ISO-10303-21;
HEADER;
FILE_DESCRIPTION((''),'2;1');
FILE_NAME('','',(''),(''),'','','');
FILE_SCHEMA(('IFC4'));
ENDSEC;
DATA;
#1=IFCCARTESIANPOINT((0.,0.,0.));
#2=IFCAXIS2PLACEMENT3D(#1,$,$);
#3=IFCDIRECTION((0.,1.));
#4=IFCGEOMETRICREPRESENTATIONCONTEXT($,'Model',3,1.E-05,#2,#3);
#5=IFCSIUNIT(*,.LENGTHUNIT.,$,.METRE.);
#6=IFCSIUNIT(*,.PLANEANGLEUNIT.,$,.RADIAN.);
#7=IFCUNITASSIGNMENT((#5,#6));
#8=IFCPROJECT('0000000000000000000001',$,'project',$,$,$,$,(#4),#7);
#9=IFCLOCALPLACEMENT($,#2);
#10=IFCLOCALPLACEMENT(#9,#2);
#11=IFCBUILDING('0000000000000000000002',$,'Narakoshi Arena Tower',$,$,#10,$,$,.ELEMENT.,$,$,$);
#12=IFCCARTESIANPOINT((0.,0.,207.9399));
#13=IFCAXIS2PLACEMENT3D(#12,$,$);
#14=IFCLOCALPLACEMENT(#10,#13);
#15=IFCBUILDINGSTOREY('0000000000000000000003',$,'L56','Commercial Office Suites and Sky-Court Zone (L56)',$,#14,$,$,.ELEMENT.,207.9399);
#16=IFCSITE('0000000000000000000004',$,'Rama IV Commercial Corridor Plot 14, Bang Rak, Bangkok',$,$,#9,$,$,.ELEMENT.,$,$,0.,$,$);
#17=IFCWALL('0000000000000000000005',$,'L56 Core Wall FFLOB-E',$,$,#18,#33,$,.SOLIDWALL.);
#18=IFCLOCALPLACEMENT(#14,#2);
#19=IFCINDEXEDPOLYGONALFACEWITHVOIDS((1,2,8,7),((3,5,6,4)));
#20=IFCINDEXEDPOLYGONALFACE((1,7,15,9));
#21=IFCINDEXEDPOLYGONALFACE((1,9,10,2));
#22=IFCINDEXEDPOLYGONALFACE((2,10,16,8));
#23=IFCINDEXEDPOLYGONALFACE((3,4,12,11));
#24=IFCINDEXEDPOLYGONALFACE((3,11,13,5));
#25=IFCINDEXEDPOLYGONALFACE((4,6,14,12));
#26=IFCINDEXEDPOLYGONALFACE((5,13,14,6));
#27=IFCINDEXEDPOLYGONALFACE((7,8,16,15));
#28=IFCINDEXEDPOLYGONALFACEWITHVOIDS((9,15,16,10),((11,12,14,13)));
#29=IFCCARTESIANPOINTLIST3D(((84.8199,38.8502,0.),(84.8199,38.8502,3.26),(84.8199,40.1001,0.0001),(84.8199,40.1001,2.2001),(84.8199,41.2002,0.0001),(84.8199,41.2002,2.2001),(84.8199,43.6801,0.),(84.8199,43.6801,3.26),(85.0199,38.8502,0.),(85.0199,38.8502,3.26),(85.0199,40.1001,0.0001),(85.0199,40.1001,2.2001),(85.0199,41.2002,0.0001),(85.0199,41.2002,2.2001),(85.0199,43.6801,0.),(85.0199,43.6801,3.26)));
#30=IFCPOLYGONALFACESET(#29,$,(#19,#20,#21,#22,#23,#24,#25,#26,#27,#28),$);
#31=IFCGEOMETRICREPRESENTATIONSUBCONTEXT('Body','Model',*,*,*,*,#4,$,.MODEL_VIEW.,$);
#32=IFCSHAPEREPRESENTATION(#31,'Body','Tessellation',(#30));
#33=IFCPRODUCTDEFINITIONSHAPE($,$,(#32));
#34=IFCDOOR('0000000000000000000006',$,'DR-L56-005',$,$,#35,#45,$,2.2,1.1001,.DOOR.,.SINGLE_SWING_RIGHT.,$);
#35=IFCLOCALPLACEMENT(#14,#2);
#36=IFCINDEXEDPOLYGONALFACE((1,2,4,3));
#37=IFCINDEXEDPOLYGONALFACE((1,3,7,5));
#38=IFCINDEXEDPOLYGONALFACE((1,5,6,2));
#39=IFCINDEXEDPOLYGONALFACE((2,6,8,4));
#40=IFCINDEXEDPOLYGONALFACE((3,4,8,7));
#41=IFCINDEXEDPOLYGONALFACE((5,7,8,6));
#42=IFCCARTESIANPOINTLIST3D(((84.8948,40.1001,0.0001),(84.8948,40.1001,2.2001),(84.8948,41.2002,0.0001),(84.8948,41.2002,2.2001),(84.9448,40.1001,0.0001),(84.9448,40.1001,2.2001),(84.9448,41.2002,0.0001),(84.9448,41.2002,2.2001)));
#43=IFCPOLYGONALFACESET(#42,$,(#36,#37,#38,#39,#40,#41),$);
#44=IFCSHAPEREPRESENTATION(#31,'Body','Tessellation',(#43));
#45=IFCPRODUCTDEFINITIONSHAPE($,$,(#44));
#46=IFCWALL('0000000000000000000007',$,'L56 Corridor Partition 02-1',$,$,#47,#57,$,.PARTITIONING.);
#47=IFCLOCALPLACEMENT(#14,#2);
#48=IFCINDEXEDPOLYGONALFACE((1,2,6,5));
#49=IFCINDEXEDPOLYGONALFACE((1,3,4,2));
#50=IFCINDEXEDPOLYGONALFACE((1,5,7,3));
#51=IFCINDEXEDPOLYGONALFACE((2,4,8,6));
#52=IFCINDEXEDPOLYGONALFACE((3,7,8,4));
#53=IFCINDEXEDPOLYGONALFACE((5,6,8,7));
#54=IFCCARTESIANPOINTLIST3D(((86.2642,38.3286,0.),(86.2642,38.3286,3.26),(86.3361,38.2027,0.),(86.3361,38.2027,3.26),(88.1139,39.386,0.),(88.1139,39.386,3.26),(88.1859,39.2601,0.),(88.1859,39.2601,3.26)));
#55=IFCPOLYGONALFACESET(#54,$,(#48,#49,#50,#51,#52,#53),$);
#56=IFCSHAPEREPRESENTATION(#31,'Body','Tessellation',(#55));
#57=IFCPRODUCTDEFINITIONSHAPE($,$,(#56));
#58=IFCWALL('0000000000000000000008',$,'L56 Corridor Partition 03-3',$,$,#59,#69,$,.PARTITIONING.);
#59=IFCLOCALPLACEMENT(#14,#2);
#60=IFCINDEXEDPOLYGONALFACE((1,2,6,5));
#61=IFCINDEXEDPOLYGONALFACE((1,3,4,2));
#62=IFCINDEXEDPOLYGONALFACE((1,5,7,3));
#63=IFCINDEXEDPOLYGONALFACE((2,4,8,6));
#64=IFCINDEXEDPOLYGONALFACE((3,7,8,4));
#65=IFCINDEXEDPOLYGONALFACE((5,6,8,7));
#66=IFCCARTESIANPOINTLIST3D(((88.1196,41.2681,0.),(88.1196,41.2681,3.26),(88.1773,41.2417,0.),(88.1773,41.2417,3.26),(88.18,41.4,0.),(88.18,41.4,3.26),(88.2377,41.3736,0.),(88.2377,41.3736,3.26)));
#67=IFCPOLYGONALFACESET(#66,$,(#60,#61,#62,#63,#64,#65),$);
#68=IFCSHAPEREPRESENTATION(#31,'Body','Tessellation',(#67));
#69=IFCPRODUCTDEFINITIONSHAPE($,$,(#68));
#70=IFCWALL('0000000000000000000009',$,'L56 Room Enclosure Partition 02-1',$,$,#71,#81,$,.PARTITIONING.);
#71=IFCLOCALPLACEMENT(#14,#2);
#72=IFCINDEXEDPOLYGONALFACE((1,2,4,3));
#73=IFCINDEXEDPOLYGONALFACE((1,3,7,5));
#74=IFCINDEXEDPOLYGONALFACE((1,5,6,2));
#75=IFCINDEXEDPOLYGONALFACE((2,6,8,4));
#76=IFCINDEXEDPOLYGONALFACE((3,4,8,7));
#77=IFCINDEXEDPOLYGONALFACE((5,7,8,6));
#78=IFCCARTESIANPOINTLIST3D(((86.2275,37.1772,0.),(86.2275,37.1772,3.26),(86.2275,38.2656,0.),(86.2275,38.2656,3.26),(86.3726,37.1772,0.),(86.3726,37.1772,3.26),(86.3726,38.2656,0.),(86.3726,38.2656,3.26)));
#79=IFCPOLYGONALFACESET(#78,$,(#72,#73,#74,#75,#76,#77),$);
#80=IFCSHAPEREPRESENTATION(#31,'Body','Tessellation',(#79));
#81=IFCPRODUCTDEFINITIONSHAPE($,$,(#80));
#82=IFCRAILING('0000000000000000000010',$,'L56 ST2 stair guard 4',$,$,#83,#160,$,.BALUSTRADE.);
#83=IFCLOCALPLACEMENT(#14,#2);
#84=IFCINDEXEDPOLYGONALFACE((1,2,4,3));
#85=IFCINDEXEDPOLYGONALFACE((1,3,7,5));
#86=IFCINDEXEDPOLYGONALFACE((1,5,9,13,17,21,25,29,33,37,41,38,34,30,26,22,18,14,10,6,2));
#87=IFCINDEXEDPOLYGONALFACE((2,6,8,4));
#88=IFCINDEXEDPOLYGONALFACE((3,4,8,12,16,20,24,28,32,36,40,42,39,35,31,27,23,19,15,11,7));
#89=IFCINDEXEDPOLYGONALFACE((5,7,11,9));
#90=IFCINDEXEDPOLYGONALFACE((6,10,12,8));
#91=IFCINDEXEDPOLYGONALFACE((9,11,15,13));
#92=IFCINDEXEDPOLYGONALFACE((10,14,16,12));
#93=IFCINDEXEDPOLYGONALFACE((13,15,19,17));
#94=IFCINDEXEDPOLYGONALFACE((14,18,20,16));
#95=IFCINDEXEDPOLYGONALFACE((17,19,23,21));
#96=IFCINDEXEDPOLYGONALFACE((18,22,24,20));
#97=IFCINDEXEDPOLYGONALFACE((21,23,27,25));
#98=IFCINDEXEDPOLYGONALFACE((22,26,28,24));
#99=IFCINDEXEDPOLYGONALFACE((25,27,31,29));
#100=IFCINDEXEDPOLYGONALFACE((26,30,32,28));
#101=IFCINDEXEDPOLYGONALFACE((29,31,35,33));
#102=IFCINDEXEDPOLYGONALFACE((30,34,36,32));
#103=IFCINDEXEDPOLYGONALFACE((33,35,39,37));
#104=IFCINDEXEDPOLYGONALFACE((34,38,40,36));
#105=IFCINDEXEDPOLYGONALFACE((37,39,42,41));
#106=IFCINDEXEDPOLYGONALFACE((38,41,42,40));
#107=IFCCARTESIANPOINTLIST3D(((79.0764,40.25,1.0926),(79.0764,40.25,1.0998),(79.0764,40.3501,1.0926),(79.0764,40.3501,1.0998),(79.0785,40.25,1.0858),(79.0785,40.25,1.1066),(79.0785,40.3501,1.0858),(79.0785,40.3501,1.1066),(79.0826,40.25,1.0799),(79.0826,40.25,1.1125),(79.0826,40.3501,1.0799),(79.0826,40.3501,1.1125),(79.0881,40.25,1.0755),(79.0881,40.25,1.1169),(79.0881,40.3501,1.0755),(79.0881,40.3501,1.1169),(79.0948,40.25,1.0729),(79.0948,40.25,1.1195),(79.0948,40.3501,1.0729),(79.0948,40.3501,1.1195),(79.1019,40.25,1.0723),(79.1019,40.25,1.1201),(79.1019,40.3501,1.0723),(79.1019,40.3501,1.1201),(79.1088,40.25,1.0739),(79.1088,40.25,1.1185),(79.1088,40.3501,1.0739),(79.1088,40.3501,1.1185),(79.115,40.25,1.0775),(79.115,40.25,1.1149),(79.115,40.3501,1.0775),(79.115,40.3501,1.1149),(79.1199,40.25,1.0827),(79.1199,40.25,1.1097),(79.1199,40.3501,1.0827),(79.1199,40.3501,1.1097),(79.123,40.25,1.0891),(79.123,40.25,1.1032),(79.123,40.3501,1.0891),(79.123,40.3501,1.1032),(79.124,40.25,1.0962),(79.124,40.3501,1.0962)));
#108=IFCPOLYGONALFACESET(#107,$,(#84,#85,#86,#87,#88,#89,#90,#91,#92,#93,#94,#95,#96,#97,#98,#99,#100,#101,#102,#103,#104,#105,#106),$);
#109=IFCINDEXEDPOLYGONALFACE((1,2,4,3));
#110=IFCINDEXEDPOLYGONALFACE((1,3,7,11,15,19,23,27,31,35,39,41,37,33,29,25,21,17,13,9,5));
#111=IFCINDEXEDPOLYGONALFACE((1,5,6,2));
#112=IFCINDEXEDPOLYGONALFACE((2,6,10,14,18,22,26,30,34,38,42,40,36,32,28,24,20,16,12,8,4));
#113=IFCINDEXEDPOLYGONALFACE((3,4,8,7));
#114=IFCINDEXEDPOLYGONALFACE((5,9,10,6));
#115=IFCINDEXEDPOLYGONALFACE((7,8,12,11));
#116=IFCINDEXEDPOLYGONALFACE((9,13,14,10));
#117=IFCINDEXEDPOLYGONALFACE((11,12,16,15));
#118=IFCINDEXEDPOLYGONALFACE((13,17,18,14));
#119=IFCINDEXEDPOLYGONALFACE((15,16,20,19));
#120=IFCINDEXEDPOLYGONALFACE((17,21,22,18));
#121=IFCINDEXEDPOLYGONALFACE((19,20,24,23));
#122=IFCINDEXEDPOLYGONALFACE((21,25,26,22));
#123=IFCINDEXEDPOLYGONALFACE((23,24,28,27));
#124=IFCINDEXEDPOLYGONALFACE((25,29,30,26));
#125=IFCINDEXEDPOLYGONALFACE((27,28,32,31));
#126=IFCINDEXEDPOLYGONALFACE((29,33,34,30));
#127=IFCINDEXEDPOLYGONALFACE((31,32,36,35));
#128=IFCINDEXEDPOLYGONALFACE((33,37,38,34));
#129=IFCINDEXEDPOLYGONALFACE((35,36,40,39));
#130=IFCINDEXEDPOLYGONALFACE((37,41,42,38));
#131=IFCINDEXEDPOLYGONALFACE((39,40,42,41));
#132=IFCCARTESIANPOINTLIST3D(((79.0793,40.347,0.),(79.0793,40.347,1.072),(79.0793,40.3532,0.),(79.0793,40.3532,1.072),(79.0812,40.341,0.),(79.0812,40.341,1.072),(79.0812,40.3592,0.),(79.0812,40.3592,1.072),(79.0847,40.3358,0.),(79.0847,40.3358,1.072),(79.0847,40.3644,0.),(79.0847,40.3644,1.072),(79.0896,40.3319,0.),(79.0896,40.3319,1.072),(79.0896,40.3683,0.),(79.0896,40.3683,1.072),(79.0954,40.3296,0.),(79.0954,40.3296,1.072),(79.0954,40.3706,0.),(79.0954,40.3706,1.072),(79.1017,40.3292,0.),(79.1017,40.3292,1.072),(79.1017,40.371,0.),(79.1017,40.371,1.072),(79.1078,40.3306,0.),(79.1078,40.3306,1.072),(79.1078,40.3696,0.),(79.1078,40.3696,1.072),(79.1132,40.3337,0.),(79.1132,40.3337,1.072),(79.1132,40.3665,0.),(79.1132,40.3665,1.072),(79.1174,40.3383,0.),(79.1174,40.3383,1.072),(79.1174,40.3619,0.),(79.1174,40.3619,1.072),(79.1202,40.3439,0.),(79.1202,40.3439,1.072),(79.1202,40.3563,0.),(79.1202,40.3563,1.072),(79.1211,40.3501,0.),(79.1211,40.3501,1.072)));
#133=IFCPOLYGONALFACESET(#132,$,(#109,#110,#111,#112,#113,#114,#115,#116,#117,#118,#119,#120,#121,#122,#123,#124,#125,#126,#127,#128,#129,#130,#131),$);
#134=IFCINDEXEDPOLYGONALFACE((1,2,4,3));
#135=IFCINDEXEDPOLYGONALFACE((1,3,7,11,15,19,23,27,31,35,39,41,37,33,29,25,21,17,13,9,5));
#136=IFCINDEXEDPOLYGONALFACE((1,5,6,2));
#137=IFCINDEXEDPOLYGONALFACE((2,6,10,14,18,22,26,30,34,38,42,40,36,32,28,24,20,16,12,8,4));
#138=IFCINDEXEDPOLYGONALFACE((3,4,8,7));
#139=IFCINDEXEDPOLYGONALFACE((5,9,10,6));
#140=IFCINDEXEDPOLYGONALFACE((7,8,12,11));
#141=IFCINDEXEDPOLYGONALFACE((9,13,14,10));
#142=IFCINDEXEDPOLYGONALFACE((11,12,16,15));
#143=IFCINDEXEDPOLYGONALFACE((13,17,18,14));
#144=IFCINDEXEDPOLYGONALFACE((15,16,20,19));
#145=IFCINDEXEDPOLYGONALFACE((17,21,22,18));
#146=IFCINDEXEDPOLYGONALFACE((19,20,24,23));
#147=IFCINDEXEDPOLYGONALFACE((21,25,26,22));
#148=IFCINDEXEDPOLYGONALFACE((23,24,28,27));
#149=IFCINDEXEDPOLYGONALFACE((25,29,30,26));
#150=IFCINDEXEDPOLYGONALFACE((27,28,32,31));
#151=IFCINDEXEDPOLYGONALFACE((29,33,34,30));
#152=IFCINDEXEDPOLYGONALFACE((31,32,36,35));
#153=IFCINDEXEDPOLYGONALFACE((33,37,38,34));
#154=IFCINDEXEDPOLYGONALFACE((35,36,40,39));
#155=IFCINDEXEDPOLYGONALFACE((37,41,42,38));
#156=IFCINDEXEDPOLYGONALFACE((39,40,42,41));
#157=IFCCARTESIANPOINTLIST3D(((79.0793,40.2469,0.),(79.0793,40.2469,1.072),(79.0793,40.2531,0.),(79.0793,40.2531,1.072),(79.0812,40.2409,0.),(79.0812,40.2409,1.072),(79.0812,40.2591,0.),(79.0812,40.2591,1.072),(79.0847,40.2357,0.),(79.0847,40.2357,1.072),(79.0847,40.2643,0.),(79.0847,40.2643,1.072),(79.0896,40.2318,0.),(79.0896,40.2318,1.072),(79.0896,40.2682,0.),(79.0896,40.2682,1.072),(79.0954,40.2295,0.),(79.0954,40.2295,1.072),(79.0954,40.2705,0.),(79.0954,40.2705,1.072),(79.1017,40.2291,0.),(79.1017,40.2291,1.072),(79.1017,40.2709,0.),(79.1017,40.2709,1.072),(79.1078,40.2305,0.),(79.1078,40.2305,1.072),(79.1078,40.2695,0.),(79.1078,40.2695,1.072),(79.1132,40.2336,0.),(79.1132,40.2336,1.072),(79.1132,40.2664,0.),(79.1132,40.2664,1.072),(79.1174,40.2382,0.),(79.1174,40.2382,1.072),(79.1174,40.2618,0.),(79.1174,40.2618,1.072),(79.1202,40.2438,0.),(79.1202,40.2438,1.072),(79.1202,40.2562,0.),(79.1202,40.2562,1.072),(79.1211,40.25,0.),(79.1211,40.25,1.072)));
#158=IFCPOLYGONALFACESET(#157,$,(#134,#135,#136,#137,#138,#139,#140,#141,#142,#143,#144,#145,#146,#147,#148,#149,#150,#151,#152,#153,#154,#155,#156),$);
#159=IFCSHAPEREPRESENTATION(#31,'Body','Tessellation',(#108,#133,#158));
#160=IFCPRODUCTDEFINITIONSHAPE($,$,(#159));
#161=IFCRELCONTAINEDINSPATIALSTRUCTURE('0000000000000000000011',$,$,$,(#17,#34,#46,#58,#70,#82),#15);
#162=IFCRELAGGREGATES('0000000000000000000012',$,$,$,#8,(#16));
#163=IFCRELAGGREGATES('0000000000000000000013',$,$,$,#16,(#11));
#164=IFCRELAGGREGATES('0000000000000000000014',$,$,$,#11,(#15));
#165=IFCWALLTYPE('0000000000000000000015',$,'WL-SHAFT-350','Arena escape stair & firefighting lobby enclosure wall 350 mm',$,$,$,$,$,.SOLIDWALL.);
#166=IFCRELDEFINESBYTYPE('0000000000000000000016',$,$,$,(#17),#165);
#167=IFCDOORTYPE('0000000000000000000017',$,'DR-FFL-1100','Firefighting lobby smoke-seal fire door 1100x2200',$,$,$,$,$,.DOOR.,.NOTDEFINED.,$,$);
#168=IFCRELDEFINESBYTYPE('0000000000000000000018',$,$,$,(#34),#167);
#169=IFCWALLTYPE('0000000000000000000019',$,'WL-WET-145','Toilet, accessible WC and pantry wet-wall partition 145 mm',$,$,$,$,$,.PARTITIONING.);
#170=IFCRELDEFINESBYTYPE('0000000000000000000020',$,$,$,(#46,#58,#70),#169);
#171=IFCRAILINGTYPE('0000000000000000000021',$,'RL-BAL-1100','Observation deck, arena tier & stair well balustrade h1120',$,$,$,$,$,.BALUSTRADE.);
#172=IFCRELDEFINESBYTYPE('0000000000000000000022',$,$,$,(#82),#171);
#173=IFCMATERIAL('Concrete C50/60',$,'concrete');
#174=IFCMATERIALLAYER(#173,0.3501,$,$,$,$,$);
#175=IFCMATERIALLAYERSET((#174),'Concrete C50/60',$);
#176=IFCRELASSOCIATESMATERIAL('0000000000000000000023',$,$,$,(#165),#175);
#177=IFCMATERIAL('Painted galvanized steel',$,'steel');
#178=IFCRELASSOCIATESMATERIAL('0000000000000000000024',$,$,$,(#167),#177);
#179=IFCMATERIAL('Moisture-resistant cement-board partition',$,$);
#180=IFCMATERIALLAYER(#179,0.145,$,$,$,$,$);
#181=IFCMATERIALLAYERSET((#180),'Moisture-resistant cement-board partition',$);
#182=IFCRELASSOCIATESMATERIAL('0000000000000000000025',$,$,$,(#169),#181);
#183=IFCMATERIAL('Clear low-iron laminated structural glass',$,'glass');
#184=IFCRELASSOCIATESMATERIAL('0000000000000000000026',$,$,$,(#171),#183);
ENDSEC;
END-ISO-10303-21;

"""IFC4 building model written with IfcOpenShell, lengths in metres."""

from ifc_helpers import new_model, si_unit, direction, frame, frame_2d, origin, origin_2d, place, context, subcontext, project, spatial, rectangle, circle, extrude, material, layer, layer_set, type_object, element, fill, save


model = new_model("IFC4")

# Units and contexts
model_context = context("Model", 3, precision=1e-05, world=origin(), true_north=direction((0.0, 1.0)))
body_context = subcontext(model_context, "Body", "Model", "MODEL_VIEW")
ifc_project = project(units=[si_unit("LENGTHUNIT", "METRE"), si_unit("PLANEANGLEUNIT", "RADIAN")], contexts=[model_context])

# Site, building, storey
site_placement = place(None, origin())
site = spatial("IfcSite", under=ifc_project, at=site_placement, Name="Rama IV Commercial Corridor Plot 14, Bang Rak, Bangkok", CompositionType="ELEMENT", RefElevation=0.0)
building_placement = place(site_placement, origin())
building = spatial("IfcBuilding", under=site, at=building_placement, Name="Narakoshi Arena Tower", CompositionType="ELEMENT")
storey_placement = place(building_placement, frame((0.0, 0.0, 207.9399)))
storey = spatial("IfcBuildingStorey", under=building, at=storey_placement, Name="L56", Description="Commercial Office Suites and Sky-Court Zone (L56)", CompositionType="ELEMENT", Elevation=207.9399)

# Shared definitions
ifc_material_1 = material(Name="Concrete C50/60", Category="concrete")
ifc_layer_1 = layer(ifc_material_1, 0.3501)
ifc_layer_set_1 = layer_set([ifc_layer_1], Name="Concrete C50/60")
wall_type_1 = type_object("IfcWallType", Name="WL-SHAFT-350", Description="Arena escape stair & firefighting lobby enclosure wall 350 mm", PredefinedType="SOLIDWALL", material=ifc_layer_set_1)

# Shared definitions
ifc_material_2 = material(Name="Painted galvanized steel", Category="steel")

# Wall, opening, door
wall_1_placement = place(storey_placement, frame((84.9199, 38.8501, 0.0), z_axis=(0.0, 0.0, 1.0), x_axis=(0.0, 1.0, 0.0)))
wall_1 = element("IfcWall", 1, at=wall_1_placement, inside=storey, type_object=wall_type_1, Name="L56 Core Wall FFLOB-E", PredefinedType="SOLIDWALL", context=body_context, shape_type="SweptSolid", body=[
    extrude(rectangle(XDim=4.8298, YDim=0.2, at=frame_2d((2.415, 0.0))), origin(), (0.0, 0.0, 1.0), 3.26),
])
opening_1_placement = place(wall_1_placement, frame((1.25, 0.0, 0.0)))
opening_1 = element("IfcOpeningElement", 2, at=opening_1_placement, cuts=wall_1, PredefinedType="OPENING", context=body_context, shape_type="SweptSolid", body=[
    extrude(rectangle(XDim=1.1001, YDim=2.2, at=frame_2d((0.55, 1.1001))), frame((0.0, 0.1099, 0.0), z_axis=(0.0, -1.0, 0.0), x_axis=(1.0, 0.0, 0.0)), (0.0, 0.0, 1.0), 0.22),
])
door_type_1 = type_object("IfcDoorType", Name="DR-FFL-1100", Description="Firefighting lobby smoke-seal fire door 1100x2200", OperationType="NOTDEFINED", PredefinedType="DOOR", material=ifc_material_2)
door_1_placement = place(opening_1_placement, frame((1.1001, 0.0, 0.0), z_axis=(0.0, 0.0, 1.0), x_axis=(-1.0, 0.0, 0.0)))
door_1 = element("IfcDoor", 3, at=door_1_placement, inside=storey, type_object=door_type_1, Name="DR-L56-005", OperationType="SINGLE_SWING_RIGHT", OverallHeight=2.2, OverallWidth=1.1001, PredefinedType="DOOR", context=body_context, shape_type="SweptSolid", body=[
    extrude(rectangle(XDim=1.1001, YDim=2.2, at=frame_2d((0.55, 1.1001))), frame((0.0, 0.0249, 0.0), z_axis=(0.0, -1.0, 0.0), x_axis=(1.0, 0.0, 0.0)), (0.0, 0.0, 1.0), 0.05),
])
fill(opening_1, door_1)

# Wall
ifc_material_3 = material(Name="Moisture-resistant cement-board partition")
ifc_layer_2 = layer(ifc_material_3, 0.145)
ifc_layer_set_2 = layer_set([ifc_layer_2], Name="Moisture-resistant cement-board partition")
wall_type_2 = type_object("IfcWallType", Name="WL-WET-145", Description="Toilet, accessible WC and pantry wet-wall partition 145 mm", PredefinedType="PARTITIONING", material=ifc_layer_set_2)
wall_2_placement = place(storey_placement, frame((86.3, 38.2656, 0.0), z_axis=(0.0, 0.0, 1.0), x_axis=(0.86818, 0.49625, 0.0)))
element("IfcWall", 4, at=wall_2_placement, inside=storey, type_object=wall_type_2, Name="L56 Corridor Partition 02-1", PredefinedType="PARTITIONING", context=body_context, shape_type="SweptSolid", body=[
    extrude(rectangle(XDim=2.1306, YDim=0.145, at=frame_2d((1.0654, 0.0))), origin(), (0.0, 0.0, 1.0), 3.26),
])

# Walls
wall_3_placement = place(storey_placement, frame((88.2075, 41.3076, 0.0), z_axis=(0.0, 0.0, 1.0), x_axis=(-0.909308, 0.416124, 0.0)))
element("IfcWall", 5, at=wall_3_placement, inside=storey, type_object=wall_type_2, Name="L56 Corridor Partition 03-3", PredefinedType="PARTITIONING", context=body_context, shape_type="SweptSolid", body=[
    extrude(rectangle(XDim=0.0635, YDim=0.145, at=frame_2d((0.0317, 0.0))), origin(), (0.0, 0.0, 1.0), 3.26),
])
wall_4_placement = place(storey_placement, frame((86.3, 37.1772, 0.0), z_axis=(0.0, 0.0, 1.0), x_axis=(0.0, 1.0, 0.0)))
element("IfcWall", 6, at=wall_4_placement, inside=storey, type_object=wall_type_2, Name="L56 Room Enclosure Partition 02-1", PredefinedType="PARTITIONING", context=body_context, shape_type="SweptSolid", body=[
    extrude(rectangle(XDim=1.0884, YDim=0.145, at=frame_2d((0.5442, 0.0))), origin(), (0.0, 0.0, 1.0), 3.26),
])

# Railing
ifc_material_4 = material(Name="Clear low-iron laminated structural glass", Category="glass")
railing_type = type_object("IfcRailingType", Name="RL-BAL-1100", Description="Observation deck, arena tier & stair well balustrade h1120", PredefinedType="BALUSTRADE", material=ifc_material_4)
railing_placement = place(storey_placement, frame((79.1001, 40.3501, 0.0)))
element("IfcRailing", 7, at=railing_placement, inside=storey, type_object=railing_type, Name="L56 ST2 stair guard 4", PredefinedType="BALUSTRADE", context=body_context, shape_type="SweptSolid", body=[
    extrude(circle(Radius=0.0239, at=origin_2d()), frame((0.0, 0.0, 1.0962), z_axis=(0.0, -1.0, 0.0), x_axis=(1.0, 0.0, 0.0)), (0.0, 0.0, 1.0), 0.1001),
    extrude(circle(Radius=0.021, at=origin_2d()), origin(), (0.0, 0.0, 1.0), 1.072),
    extrude(circle(Radius=0.021, at=origin_2d()), frame((0.0, -0.1001, 0.0)), (0.0, 0.0, 1.0), 1.072),
])

save(model, "model.ifc")
